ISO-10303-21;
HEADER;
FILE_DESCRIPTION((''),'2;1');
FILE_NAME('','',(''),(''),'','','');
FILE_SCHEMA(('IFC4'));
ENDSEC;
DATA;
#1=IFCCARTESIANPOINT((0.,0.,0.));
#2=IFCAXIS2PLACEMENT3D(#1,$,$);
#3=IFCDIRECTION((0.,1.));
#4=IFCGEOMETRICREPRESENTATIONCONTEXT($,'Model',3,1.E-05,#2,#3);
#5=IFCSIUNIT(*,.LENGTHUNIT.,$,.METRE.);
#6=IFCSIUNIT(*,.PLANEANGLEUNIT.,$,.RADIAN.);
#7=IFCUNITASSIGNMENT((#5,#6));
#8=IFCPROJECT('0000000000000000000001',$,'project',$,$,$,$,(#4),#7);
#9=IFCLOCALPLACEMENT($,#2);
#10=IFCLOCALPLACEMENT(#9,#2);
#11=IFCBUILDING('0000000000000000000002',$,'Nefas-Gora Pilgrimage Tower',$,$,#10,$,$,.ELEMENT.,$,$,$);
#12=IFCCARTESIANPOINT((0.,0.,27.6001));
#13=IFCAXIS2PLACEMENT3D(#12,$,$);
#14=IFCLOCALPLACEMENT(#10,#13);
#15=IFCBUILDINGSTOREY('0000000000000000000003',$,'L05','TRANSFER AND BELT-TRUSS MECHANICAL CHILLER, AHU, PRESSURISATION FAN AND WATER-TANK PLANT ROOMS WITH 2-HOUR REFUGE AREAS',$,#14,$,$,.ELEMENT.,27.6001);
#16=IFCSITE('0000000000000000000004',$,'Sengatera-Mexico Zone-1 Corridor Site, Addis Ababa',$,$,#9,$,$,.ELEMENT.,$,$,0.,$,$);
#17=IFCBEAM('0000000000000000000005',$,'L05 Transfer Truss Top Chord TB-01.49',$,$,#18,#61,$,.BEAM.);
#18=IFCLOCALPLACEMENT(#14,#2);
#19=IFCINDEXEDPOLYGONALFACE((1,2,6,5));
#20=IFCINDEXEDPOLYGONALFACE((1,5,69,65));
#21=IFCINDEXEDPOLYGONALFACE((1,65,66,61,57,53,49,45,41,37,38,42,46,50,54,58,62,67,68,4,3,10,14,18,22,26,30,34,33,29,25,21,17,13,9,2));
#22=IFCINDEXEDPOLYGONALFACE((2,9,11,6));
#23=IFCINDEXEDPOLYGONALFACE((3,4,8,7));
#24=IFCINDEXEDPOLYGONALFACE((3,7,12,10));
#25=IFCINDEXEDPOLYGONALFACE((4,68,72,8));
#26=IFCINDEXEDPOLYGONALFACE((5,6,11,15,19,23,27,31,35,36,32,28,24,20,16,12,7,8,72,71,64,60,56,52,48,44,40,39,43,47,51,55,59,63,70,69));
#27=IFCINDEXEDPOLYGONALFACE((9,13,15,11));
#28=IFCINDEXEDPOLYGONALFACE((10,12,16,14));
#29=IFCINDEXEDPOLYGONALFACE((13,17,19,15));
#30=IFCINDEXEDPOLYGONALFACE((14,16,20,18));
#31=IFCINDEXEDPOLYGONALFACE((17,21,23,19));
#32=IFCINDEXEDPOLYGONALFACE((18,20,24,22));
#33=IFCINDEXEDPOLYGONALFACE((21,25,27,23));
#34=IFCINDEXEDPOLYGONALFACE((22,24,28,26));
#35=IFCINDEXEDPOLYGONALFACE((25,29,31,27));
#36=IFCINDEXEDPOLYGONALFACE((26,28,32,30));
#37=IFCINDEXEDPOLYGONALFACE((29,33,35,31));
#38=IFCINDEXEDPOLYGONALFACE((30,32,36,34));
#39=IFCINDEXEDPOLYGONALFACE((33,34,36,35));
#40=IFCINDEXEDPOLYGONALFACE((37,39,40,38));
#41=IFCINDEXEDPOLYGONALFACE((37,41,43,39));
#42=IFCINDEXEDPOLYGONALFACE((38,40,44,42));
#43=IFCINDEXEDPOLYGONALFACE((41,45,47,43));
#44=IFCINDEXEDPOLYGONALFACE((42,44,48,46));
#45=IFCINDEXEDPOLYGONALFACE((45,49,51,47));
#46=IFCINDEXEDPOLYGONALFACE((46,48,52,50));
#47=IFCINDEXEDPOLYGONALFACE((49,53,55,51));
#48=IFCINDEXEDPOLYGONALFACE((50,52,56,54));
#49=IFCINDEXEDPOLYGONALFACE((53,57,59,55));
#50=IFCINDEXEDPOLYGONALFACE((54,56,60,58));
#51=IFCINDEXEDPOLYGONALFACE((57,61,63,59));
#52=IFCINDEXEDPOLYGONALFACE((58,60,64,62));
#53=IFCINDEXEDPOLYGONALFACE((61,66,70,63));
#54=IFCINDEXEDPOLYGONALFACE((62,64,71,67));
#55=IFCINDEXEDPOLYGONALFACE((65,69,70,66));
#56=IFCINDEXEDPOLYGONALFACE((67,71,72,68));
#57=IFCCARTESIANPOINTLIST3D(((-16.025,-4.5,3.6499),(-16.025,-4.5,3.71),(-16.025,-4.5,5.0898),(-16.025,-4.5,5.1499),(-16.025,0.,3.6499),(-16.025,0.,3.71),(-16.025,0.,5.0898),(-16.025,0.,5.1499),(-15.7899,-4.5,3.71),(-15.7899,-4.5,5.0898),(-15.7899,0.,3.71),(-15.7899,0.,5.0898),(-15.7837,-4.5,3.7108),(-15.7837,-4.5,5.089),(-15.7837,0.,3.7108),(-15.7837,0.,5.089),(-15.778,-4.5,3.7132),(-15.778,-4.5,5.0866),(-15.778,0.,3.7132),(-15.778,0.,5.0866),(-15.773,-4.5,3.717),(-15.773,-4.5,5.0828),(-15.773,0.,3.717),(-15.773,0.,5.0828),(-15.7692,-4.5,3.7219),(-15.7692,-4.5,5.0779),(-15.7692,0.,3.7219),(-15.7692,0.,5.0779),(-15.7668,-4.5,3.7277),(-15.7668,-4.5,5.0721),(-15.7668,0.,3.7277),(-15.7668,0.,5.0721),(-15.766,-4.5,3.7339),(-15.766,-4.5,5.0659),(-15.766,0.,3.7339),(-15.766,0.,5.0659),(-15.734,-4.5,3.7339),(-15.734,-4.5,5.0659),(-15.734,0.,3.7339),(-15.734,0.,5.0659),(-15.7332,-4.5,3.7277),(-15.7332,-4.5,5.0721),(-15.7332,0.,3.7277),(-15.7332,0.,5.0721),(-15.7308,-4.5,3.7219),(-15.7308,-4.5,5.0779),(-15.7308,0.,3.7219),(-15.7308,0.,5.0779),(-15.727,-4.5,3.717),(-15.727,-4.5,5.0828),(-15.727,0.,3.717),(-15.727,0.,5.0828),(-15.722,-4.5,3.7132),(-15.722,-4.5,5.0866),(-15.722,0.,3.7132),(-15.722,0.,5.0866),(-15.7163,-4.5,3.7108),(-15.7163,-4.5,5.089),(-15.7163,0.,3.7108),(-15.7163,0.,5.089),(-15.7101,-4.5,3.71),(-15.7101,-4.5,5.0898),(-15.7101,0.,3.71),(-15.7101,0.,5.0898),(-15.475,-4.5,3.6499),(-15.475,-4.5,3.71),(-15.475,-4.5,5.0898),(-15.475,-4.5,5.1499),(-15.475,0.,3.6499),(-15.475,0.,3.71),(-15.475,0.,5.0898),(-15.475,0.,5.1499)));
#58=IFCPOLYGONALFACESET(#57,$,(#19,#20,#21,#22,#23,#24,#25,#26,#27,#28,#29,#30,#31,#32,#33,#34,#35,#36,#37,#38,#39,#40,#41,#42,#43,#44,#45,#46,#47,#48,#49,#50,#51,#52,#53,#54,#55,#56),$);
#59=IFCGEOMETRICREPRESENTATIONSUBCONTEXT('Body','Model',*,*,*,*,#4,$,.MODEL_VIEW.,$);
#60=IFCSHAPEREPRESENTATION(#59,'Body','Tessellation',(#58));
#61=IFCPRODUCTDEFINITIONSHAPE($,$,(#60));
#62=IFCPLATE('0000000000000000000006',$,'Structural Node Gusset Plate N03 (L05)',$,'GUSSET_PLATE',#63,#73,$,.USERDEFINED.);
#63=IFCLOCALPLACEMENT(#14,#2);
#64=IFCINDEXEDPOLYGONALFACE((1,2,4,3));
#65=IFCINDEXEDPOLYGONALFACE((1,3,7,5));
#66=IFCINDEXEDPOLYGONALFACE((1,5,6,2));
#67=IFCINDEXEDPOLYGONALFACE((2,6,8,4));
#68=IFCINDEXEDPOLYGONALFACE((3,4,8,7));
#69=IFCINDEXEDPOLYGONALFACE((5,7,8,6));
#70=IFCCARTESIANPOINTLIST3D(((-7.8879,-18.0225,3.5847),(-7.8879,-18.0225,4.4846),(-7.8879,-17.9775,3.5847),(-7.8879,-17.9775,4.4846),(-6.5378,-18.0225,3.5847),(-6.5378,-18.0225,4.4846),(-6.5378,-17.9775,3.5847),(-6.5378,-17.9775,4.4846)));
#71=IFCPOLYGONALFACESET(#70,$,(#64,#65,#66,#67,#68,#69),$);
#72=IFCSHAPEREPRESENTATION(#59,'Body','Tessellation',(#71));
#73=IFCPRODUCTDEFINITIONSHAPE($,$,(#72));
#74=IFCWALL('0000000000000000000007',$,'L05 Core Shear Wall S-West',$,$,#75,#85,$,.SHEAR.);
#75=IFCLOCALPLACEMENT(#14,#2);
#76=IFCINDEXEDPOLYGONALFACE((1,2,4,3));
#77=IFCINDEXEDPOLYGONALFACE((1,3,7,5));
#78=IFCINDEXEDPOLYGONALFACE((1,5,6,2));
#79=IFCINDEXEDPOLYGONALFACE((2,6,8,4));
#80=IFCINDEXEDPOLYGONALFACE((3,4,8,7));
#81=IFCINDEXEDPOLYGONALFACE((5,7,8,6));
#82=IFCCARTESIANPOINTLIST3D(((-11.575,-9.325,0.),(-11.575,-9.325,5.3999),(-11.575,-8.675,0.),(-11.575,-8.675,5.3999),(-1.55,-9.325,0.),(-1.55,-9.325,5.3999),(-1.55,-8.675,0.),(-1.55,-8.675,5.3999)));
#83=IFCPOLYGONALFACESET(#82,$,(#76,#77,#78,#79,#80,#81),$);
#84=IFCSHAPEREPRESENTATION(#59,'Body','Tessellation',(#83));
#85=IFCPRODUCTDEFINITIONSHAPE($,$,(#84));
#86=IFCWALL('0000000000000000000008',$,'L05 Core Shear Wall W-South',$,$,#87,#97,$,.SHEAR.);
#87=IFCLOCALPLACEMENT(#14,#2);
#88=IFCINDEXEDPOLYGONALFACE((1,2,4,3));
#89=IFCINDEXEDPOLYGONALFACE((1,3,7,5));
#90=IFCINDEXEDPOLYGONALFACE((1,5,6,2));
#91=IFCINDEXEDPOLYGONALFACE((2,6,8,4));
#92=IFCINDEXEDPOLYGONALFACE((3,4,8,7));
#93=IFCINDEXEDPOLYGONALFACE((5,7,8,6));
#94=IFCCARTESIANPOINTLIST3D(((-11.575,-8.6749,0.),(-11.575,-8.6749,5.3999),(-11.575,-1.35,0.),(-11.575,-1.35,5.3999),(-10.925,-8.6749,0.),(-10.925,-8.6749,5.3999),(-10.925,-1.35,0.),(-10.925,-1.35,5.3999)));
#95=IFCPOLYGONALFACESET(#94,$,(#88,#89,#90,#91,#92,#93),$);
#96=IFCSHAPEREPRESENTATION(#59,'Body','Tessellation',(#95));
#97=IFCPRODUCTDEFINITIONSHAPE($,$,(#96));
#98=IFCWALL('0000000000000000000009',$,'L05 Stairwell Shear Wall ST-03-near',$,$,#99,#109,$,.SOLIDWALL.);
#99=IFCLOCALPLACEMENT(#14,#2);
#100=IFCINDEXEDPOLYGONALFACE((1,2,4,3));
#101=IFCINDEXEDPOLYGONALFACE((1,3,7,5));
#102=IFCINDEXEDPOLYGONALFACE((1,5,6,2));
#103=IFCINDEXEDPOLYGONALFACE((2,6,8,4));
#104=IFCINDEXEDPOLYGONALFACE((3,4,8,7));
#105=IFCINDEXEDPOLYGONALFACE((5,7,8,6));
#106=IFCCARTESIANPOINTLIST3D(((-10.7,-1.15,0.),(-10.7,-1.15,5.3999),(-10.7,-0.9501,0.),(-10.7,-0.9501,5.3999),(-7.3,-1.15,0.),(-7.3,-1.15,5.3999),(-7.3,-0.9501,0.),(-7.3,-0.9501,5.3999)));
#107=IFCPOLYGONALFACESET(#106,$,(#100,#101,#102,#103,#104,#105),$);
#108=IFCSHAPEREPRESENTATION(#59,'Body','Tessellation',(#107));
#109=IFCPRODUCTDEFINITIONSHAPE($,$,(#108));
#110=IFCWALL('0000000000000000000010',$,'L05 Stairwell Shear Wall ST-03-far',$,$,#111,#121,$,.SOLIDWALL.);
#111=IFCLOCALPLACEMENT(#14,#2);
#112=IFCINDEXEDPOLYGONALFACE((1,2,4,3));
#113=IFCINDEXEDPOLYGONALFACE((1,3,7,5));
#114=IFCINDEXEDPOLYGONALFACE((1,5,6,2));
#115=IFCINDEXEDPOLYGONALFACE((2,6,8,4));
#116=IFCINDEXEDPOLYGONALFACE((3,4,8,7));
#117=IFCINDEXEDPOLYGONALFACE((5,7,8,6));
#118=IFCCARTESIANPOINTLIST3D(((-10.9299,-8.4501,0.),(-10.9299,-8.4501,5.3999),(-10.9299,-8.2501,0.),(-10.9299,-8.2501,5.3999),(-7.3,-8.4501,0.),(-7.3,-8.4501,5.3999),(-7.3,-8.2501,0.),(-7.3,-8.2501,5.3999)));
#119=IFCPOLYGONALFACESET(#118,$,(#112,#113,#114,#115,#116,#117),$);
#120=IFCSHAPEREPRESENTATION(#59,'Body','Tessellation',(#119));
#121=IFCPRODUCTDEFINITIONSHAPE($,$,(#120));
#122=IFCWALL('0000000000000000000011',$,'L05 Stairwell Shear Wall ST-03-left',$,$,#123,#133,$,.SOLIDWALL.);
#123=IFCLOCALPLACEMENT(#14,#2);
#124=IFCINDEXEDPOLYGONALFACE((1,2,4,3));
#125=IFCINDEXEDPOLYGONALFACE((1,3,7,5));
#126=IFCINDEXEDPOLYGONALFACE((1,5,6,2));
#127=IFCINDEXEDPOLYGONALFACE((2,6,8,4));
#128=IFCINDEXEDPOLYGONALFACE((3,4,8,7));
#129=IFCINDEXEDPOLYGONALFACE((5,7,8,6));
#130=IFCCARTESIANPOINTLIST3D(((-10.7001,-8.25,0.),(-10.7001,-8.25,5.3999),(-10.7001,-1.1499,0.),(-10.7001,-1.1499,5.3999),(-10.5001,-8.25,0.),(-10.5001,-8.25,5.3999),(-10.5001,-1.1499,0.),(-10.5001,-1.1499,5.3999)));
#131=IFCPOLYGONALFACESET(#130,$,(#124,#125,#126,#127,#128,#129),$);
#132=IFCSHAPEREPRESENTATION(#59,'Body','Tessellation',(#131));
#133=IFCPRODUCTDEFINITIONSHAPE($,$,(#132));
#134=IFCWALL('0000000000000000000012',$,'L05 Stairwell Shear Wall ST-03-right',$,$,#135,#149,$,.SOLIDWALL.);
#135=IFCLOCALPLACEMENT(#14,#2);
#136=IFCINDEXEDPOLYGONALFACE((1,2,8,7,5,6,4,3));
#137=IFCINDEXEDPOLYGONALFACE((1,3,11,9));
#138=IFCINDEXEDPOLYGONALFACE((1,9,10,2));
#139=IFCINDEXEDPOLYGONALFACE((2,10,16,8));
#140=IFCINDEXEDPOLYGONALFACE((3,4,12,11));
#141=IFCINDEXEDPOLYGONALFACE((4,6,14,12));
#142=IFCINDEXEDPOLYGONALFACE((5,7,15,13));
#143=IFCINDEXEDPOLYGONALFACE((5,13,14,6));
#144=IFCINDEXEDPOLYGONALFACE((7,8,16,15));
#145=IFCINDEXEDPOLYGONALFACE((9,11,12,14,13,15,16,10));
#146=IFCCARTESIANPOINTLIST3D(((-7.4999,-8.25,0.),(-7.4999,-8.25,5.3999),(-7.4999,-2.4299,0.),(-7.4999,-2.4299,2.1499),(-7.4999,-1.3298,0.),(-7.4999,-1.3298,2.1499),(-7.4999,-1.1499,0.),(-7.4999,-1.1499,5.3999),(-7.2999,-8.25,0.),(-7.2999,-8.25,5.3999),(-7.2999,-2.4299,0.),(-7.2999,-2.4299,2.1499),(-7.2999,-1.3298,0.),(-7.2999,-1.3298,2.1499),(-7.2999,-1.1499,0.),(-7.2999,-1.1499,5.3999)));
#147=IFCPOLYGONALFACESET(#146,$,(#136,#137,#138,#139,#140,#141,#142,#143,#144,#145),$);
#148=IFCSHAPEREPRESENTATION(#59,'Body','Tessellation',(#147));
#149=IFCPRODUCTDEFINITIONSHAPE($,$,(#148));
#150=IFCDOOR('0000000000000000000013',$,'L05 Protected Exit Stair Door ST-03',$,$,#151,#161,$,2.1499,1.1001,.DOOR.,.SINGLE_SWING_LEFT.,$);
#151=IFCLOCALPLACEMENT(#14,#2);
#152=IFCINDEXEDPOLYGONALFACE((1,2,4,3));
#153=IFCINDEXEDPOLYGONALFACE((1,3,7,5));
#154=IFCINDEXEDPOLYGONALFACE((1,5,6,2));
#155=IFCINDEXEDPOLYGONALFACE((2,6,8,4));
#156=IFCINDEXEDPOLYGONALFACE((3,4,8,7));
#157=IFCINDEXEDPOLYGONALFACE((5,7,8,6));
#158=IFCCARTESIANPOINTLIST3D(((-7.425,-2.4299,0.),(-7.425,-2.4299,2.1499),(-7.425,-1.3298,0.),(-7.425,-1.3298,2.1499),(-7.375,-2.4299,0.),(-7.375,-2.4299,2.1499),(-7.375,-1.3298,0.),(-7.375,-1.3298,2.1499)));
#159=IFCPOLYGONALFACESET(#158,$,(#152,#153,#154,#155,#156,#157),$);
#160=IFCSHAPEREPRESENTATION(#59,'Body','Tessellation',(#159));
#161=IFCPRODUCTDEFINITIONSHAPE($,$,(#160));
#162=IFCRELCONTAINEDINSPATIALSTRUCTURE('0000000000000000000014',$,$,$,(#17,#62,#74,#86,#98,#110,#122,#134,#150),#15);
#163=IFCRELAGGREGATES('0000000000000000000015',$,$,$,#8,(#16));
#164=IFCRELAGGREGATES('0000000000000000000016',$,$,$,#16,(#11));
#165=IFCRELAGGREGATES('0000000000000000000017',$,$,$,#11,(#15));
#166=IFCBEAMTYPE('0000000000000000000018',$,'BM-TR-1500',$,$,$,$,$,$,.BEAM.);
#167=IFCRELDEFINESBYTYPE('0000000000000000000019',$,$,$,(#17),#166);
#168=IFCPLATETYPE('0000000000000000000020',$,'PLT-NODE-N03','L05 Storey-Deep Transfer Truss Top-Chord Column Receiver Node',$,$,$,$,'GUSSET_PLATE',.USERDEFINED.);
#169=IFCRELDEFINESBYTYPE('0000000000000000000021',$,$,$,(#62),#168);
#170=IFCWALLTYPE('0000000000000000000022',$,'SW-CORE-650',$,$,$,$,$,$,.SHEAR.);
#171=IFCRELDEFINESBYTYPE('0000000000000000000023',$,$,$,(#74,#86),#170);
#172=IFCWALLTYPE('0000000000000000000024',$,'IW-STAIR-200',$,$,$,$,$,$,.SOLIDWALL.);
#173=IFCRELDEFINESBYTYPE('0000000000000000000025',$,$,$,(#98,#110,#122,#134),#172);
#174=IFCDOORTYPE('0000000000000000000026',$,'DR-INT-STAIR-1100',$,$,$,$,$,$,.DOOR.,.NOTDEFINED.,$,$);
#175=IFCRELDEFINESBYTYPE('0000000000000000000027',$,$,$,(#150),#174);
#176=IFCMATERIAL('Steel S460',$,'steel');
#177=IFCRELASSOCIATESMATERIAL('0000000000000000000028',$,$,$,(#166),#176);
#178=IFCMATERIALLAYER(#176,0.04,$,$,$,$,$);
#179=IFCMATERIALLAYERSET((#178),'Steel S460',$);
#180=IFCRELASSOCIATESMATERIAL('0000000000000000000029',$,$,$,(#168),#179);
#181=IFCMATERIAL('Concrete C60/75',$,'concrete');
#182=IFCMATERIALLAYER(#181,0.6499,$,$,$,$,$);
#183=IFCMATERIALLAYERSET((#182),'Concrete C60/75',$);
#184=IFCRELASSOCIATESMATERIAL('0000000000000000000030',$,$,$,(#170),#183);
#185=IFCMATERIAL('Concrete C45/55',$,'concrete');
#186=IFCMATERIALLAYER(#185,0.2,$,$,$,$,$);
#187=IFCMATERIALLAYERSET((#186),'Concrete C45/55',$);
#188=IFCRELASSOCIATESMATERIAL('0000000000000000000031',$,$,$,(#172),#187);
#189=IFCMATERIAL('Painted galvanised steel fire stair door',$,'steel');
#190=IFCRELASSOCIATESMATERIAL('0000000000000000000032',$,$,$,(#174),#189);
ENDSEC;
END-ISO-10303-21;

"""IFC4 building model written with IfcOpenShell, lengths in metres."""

from ifc_helpers import new_model, si_unit, direction, frame, frame_2d, origin, origin_2d, place, context, subcontext, project, spatial, rectangle, i_section, extrude, source, transform, mapped, material, layer, layer_set, material_profile, profile_set, type_object, element, fill, save


model = new_model("IFC4")

# Units and contexts
model_context = context("Model", 3, precision=1e-05, world=origin(), true_north=direction((0.0, 1.0)))
body_context = subcontext(model_context, "Body", "Model", "MODEL_VIEW")
ifc_project = project(units=[si_unit("LENGTHUNIT", "METRE"), si_unit("PLANEANGLEUNIT", "RADIAN")], contexts=[model_context])

# Site, building, storey
site_placement = place(None, origin())
site = spatial("IfcSite", under=ifc_project, at=site_placement, Name="Sengatera-Mexico Zone-1 Corridor Site, Addis Ababa", CompositionType="ELEMENT", RefElevation=0.0)
building_placement = place(site_placement, origin())
building = spatial("IfcBuilding", under=site, at=building_placement, Name="Nefas-Gora Pilgrimage Tower", CompositionType="ELEMENT")
storey_placement = place(building_placement, frame((0.0, 0.0, 27.6001)))
storey = spatial("IfcBuildingStorey", under=building, at=storey_placement, Name="L05", Description="TRANSFER AND BELT-TRUSS MECHANICAL CHILLER, AHU, PRESSURISATION FAN AND WATER-TANK PLANT ROOMS WITH 2-HOUR REFUGE AREAS", CompositionType="ELEMENT", Elevation=27.6001)

# Shared definitions
ifc_material_1 = material(Name="Steel S460", Category="steel")

# Beam
ifc_material_2 = material(Name="Concrete C60/75", Category="concrete")
ifc_material_profile_1 = material_profile(ifc_material_1, i_section(OverallWidth=0.55, OverallDepth=1.5, WebThickness=0.032, FlangeThickness=0.0601, FilletRadius=0.0239, at=origin_2d()), Name="WPG 1500x550x32x60")
ifc_profile_set_1 = profile_set([ifc_material_profile_1], Name="Steel S460")
beam_type_1 = type_object("IfcBeamType", Name="BM-TR-1500", PredefinedType="BEAM", material=ifc_profile_set_1)
shared_shape_1 = source(origin(), body_context, "Body", "SweptSolid", [
    extrude(i_section(OverallWidth=0.55, OverallDepth=1.5, WebThickness=0.032, FlangeThickness=0.0601, FilletRadius=0.0239, at=origin_2d()), origin(), (0.0, 0.0, 1.0), 4.5),
])
for number, where, z_axis, x_axis, name in (
    (1, (-15.75, -4.5, 4.3999), (0.0, 1.0, 0.0), (-1.0, 0.0, 0.0), "L05 Transfer Truss Top Chord TB-01.49"),
):
    element("IfcBeam", number, at=place(storey_placement, frame(where, z_axis=z_axis, x_axis=x_axis)), inside=storey, type_object=beam_type_1, Name=name, PredefinedType="BEAM", context=body_context, shape_type="MappedRepresentation", body=[
        mapped(shared_shape_1, transform((0.0, 0.0, 0.0), x_axis=(1.0, 0.0, 0.0), y_axis=(0.0, 1.0, 0.0), z_axis=(0.0, 0.0, 1.0), scale=1.0)),
    ])

# Plate
ifc_layer_1 = layer(ifc_material_1, 0.04)
ifc_layer_set_1 = layer_set([ifc_layer_1], Name="Steel S460")
plate_type = type_object("IfcPlateType", Name="PLT-NODE-N03", Description="L05 Storey-Deep Transfer Truss Top-Chord Column Receiver Node", ElementType="GUSSET_PLATE", PredefinedType="USERDEFINED", material=ifc_layer_set_1)
shared_shape_2 = source(origin(), body_context, "Body", "SweptSolid", [
    extrude(rectangle(XDim=1.3501, YDim=0.0449, at=origin_2d()), origin(), (0.0, 0.0, 1.0), 0.8999),
])
plate_placement = place(storey_placement, frame((-7.2129, -18.0, 3.5847), z_axis=(0.0, 0.0, 1.0), x_axis=(1.0, 0.0, 0.0)))
element("IfcPlate", 2, at=plate_placement, inside=storey, type_object=plate_type, Name="Structural Node Gusset Plate N03 (L05)", ObjectType="GUSSET_PLATE", PredefinedType="USERDEFINED", context=body_context, shape_type="MappedRepresentation", body=[
    mapped(shared_shape_2, transform((0.0, 0.0, 0.0), x_axis=(1.0, 0.0, 0.0), y_axis=(0.0, 1.0, 0.0), z_axis=(0.0, 0.0, 1.0), scale=1.0)),
])

# Walls
ifc_layer_2 = layer(ifc_material_2, 0.6499)
ifc_layer_set_2 = layer_set([ifc_layer_2], Name="Concrete C60/75")
wall_type_1 = type_object("IfcWallType", Name="SW-CORE-650", PredefinedType="SHEAR", material=ifc_layer_set_2)
shared_shape_3 = source(origin(), body_context, "Body", "SweptSolid", [
    extrude(rectangle(XDim=10.0249, YDim=0.6499, at=frame_2d((5.0125, 0.0))), origin(), (0.0, 0.0, 1.0), 5.3999),
])
wall_1_placement = place(storey_placement, frame((-11.575, -9.0, 0.0), z_axis=(0.0, 0.0, 1.0), x_axis=(1.0, 0.0, 0.0)))
element("IfcWall", 3, at=wall_1_placement, inside=storey, type_object=wall_type_1, Name="L05 Core Shear Wall S-West", PredefinedType="SHEAR", context=body_context, shape_type="MappedRepresentation", body=[
    mapped(shared_shape_3, transform((0.0, 0.0, 0.0), x_axis=(1.0, 0.0, 0.0), y_axis=(0.0, 1.0, 0.0), z_axis=(0.0, 0.0, 1.0), scale=1.0)),
])
shared_shape_4 = source(origin(), body_context, "Body", "SweptSolid", [
    extrude(rectangle(XDim=7.325, YDim=0.6499, at=frame_2d((3.6626, 0.0))), origin(), (0.0, 0.0, 1.0), 5.3999),
])
wall_2_placement = place(storey_placement, frame((-11.25, -8.675, 0.0), z_axis=(0.0, 0.0, 1.0), x_axis=(0.0, 1.0, 0.0)))
element("IfcWall", 4, at=wall_2_placement, inside=storey, type_object=wall_type_1, Name="L05 Core Shear Wall W-South", PredefinedType="SHEAR", context=body_context, shape_type="MappedRepresentation", body=[
    mapped(shared_shape_4, transform((0.0, 0.0, 0.0), x_axis=(1.0, 0.0, 0.0), y_axis=(0.0, 1.0, 0.0), z_axis=(0.0, 0.0, 1.0), scale=1.0)),
])
ifc_material_3 = material(Name="Concrete C45/55", Category="concrete")
ifc_layer_3 = layer(ifc_material_3, 0.2)
ifc_layer_set_3 = layer_set([ifc_layer_3], Name="Concrete C45/55")
wall_type_2 = type_object("IfcWallType", Name="IW-STAIR-200", PredefinedType="SOLIDWALL", material=ifc_layer_set_3)
shared_shape_5 = source(origin(), body_context, "Body", "SweptSolid", [
    extrude(rectangle(XDim=3.3999, YDim=0.2, at=frame_2d((1.7, 0.0))), origin(), (0.0, 0.0, 1.0), 5.3999),
])
wall_3_placement = place(storey_placement, frame((-10.7, -1.05, 0.0), z_axis=(0.0, 0.0, 1.0), x_axis=(1.0, 0.0, 0.0)))
element("IfcWall", 5, at=wall_3_placement, inside=storey, type_object=wall_type_2, Name="L05 Stairwell Shear Wall ST-03-near", PredefinedType="SOLIDWALL", context=body_context, shape_type="MappedRepresentation", body=[
    mapped(shared_shape_5, transform((0.0, 0.0, 0.0), x_axis=(1.0, 0.0, 0.0), y_axis=(0.0, 1.0, 0.0), z_axis=(0.0, 0.0, 1.0), scale=1.0)),
])
shared_shape_6 = source(origin(), body_context, "Body", "SweptSolid", [
    extrude(rectangle(XDim=3.6299, YDim=0.2, at=frame_2d((1.8149, 0.0))), origin(), (0.0, 0.0, 1.0), 5.3999),
])
wall_4_placement = place(storey_placement, frame((-10.9299, -8.3501, 0.0), z_axis=(0.0, 0.0, 1.0), x_axis=(1.0, 0.0, 0.0)))
element("IfcWall", 6, at=wall_4_placement, inside=storey, type_object=wall_type_2, Name="L05 Stairwell Shear Wall ST-03-far", PredefinedType="SOLIDWALL", context=body_context, shape_type="MappedRepresentation", body=[
    mapped(shared_shape_6, transform((0.0, 0.0, 0.0), x_axis=(1.0, 0.0, 0.0), y_axis=(0.0, 1.0, 0.0), z_axis=(0.0, 0.0, 1.0), scale=1.0)),
])
shared_shape_7 = source(origin(), body_context, "Body", "SweptSolid", [
    extrude(rectangle(XDim=7.1001, YDim=0.2, at=frame_2d((3.55, 0.0))), origin(), (0.0, 0.0, 1.0), 5.3999),
])
wall_5_placement = place(storey_placement, frame((-10.6001, -1.1499, 0.0), z_axis=(0.0, 0.0, 1.0), x_axis=(0.0, -1.0, 0.0)))
element("IfcWall", 7, at=wall_5_placement, inside=storey, type_object=wall_type_2, Name="L05 Stairwell Shear Wall ST-03-left", PredefinedType="SOLIDWALL", context=body_context, shape_type="MappedRepresentation", body=[
    mapped(shared_shape_7, transform((0.0, 0.0, 0.0), x_axis=(1.0, 0.0, 0.0), y_axis=(0.0, 1.0, 0.0), z_axis=(0.0, 0.0, 1.0), scale=1.0)),
])

# Wall, opening, door
wall_6_placement = place(storey_placement, frame((-7.3999, -1.1499, 0.0), z_axis=(0.0, 0.0, 1.0), x_axis=(0.0, -1.0, 0.0)))
wall_6 = element("IfcWall", 8, at=wall_6_placement, inside=storey, type_object=wall_type_2, Name="L05 Stairwell Shear Wall ST-03-right", PredefinedType="SOLIDWALL", context=body_context, shape_type="MappedRepresentation", body=[
    mapped(shared_shape_7, transform((0.0, 0.0, 0.0), x_axis=(1.0, 0.0, 0.0), y_axis=(0.0, 1.0, 0.0), z_axis=(0.0, 0.0, 1.0), scale=1.0)),
])
opening_1_placement = place(wall_6_placement, frame((0.1799, 0.0, 0.0)))
opening_1 = element("IfcOpeningElement", 9, at=opening_1_placement, cuts=wall_6, PredefinedType="OPENING", context=body_context, shape_type="SweptSolid", body=[
    extrude(rectangle(XDim=1.1001, YDim=2.1499, at=frame_2d((0.55, 1.075))), frame((0.0, 0.1099, 0.0), z_axis=(0.0, -1.0, 0.0), x_axis=(1.0, 0.0, 0.0)), (0.0, 0.0, 1.0), 0.22),
])
ifc_material_4 = material(Name="Painted galvanised steel fire stair door", Category="steel")
door_type_1 = type_object("IfcDoorType", Name="DR-INT-STAIR-1100", OperationType="NOTDEFINED", PredefinedType="DOOR", material=ifc_material_4)
shared_shape_8 = source(origin(), body_context, "Body", "SweptSolid", [
    extrude(rectangle(XDim=1.1001, YDim=2.1499, at=frame_2d((0.55, 1.075))), frame((0.0, 0.0249, 0.0), z_axis=(0.0, -1.0, 0.0), x_axis=(1.0, 0.0, 0.0)), (0.0, 0.0, 1.0), 0.05),
])
door_1_placement = place(opening_1_placement, origin())
door_1 = element("IfcDoor", 10, at=door_1_placement, inside=storey, type_object=door_type_1, Name="L05 Protected Exit Stair Door ST-03", OperationType="SINGLE_SWING_LEFT", OverallHeight=2.1499, OverallWidth=1.1001, PredefinedType="DOOR", context=body_context, shape_type="MappedRepresentation", body=[
    mapped(shared_shape_8, transform((0.0, 0.0, 0.0), x_axis=(1.0, 0.0, 0.0), y_axis=(0.0, 1.0, 0.0), z_axis=(0.0, 0.0, 1.0), scale=1.0)),
])
fill(opening_1, door_1)

save(model, "model.ifc")
